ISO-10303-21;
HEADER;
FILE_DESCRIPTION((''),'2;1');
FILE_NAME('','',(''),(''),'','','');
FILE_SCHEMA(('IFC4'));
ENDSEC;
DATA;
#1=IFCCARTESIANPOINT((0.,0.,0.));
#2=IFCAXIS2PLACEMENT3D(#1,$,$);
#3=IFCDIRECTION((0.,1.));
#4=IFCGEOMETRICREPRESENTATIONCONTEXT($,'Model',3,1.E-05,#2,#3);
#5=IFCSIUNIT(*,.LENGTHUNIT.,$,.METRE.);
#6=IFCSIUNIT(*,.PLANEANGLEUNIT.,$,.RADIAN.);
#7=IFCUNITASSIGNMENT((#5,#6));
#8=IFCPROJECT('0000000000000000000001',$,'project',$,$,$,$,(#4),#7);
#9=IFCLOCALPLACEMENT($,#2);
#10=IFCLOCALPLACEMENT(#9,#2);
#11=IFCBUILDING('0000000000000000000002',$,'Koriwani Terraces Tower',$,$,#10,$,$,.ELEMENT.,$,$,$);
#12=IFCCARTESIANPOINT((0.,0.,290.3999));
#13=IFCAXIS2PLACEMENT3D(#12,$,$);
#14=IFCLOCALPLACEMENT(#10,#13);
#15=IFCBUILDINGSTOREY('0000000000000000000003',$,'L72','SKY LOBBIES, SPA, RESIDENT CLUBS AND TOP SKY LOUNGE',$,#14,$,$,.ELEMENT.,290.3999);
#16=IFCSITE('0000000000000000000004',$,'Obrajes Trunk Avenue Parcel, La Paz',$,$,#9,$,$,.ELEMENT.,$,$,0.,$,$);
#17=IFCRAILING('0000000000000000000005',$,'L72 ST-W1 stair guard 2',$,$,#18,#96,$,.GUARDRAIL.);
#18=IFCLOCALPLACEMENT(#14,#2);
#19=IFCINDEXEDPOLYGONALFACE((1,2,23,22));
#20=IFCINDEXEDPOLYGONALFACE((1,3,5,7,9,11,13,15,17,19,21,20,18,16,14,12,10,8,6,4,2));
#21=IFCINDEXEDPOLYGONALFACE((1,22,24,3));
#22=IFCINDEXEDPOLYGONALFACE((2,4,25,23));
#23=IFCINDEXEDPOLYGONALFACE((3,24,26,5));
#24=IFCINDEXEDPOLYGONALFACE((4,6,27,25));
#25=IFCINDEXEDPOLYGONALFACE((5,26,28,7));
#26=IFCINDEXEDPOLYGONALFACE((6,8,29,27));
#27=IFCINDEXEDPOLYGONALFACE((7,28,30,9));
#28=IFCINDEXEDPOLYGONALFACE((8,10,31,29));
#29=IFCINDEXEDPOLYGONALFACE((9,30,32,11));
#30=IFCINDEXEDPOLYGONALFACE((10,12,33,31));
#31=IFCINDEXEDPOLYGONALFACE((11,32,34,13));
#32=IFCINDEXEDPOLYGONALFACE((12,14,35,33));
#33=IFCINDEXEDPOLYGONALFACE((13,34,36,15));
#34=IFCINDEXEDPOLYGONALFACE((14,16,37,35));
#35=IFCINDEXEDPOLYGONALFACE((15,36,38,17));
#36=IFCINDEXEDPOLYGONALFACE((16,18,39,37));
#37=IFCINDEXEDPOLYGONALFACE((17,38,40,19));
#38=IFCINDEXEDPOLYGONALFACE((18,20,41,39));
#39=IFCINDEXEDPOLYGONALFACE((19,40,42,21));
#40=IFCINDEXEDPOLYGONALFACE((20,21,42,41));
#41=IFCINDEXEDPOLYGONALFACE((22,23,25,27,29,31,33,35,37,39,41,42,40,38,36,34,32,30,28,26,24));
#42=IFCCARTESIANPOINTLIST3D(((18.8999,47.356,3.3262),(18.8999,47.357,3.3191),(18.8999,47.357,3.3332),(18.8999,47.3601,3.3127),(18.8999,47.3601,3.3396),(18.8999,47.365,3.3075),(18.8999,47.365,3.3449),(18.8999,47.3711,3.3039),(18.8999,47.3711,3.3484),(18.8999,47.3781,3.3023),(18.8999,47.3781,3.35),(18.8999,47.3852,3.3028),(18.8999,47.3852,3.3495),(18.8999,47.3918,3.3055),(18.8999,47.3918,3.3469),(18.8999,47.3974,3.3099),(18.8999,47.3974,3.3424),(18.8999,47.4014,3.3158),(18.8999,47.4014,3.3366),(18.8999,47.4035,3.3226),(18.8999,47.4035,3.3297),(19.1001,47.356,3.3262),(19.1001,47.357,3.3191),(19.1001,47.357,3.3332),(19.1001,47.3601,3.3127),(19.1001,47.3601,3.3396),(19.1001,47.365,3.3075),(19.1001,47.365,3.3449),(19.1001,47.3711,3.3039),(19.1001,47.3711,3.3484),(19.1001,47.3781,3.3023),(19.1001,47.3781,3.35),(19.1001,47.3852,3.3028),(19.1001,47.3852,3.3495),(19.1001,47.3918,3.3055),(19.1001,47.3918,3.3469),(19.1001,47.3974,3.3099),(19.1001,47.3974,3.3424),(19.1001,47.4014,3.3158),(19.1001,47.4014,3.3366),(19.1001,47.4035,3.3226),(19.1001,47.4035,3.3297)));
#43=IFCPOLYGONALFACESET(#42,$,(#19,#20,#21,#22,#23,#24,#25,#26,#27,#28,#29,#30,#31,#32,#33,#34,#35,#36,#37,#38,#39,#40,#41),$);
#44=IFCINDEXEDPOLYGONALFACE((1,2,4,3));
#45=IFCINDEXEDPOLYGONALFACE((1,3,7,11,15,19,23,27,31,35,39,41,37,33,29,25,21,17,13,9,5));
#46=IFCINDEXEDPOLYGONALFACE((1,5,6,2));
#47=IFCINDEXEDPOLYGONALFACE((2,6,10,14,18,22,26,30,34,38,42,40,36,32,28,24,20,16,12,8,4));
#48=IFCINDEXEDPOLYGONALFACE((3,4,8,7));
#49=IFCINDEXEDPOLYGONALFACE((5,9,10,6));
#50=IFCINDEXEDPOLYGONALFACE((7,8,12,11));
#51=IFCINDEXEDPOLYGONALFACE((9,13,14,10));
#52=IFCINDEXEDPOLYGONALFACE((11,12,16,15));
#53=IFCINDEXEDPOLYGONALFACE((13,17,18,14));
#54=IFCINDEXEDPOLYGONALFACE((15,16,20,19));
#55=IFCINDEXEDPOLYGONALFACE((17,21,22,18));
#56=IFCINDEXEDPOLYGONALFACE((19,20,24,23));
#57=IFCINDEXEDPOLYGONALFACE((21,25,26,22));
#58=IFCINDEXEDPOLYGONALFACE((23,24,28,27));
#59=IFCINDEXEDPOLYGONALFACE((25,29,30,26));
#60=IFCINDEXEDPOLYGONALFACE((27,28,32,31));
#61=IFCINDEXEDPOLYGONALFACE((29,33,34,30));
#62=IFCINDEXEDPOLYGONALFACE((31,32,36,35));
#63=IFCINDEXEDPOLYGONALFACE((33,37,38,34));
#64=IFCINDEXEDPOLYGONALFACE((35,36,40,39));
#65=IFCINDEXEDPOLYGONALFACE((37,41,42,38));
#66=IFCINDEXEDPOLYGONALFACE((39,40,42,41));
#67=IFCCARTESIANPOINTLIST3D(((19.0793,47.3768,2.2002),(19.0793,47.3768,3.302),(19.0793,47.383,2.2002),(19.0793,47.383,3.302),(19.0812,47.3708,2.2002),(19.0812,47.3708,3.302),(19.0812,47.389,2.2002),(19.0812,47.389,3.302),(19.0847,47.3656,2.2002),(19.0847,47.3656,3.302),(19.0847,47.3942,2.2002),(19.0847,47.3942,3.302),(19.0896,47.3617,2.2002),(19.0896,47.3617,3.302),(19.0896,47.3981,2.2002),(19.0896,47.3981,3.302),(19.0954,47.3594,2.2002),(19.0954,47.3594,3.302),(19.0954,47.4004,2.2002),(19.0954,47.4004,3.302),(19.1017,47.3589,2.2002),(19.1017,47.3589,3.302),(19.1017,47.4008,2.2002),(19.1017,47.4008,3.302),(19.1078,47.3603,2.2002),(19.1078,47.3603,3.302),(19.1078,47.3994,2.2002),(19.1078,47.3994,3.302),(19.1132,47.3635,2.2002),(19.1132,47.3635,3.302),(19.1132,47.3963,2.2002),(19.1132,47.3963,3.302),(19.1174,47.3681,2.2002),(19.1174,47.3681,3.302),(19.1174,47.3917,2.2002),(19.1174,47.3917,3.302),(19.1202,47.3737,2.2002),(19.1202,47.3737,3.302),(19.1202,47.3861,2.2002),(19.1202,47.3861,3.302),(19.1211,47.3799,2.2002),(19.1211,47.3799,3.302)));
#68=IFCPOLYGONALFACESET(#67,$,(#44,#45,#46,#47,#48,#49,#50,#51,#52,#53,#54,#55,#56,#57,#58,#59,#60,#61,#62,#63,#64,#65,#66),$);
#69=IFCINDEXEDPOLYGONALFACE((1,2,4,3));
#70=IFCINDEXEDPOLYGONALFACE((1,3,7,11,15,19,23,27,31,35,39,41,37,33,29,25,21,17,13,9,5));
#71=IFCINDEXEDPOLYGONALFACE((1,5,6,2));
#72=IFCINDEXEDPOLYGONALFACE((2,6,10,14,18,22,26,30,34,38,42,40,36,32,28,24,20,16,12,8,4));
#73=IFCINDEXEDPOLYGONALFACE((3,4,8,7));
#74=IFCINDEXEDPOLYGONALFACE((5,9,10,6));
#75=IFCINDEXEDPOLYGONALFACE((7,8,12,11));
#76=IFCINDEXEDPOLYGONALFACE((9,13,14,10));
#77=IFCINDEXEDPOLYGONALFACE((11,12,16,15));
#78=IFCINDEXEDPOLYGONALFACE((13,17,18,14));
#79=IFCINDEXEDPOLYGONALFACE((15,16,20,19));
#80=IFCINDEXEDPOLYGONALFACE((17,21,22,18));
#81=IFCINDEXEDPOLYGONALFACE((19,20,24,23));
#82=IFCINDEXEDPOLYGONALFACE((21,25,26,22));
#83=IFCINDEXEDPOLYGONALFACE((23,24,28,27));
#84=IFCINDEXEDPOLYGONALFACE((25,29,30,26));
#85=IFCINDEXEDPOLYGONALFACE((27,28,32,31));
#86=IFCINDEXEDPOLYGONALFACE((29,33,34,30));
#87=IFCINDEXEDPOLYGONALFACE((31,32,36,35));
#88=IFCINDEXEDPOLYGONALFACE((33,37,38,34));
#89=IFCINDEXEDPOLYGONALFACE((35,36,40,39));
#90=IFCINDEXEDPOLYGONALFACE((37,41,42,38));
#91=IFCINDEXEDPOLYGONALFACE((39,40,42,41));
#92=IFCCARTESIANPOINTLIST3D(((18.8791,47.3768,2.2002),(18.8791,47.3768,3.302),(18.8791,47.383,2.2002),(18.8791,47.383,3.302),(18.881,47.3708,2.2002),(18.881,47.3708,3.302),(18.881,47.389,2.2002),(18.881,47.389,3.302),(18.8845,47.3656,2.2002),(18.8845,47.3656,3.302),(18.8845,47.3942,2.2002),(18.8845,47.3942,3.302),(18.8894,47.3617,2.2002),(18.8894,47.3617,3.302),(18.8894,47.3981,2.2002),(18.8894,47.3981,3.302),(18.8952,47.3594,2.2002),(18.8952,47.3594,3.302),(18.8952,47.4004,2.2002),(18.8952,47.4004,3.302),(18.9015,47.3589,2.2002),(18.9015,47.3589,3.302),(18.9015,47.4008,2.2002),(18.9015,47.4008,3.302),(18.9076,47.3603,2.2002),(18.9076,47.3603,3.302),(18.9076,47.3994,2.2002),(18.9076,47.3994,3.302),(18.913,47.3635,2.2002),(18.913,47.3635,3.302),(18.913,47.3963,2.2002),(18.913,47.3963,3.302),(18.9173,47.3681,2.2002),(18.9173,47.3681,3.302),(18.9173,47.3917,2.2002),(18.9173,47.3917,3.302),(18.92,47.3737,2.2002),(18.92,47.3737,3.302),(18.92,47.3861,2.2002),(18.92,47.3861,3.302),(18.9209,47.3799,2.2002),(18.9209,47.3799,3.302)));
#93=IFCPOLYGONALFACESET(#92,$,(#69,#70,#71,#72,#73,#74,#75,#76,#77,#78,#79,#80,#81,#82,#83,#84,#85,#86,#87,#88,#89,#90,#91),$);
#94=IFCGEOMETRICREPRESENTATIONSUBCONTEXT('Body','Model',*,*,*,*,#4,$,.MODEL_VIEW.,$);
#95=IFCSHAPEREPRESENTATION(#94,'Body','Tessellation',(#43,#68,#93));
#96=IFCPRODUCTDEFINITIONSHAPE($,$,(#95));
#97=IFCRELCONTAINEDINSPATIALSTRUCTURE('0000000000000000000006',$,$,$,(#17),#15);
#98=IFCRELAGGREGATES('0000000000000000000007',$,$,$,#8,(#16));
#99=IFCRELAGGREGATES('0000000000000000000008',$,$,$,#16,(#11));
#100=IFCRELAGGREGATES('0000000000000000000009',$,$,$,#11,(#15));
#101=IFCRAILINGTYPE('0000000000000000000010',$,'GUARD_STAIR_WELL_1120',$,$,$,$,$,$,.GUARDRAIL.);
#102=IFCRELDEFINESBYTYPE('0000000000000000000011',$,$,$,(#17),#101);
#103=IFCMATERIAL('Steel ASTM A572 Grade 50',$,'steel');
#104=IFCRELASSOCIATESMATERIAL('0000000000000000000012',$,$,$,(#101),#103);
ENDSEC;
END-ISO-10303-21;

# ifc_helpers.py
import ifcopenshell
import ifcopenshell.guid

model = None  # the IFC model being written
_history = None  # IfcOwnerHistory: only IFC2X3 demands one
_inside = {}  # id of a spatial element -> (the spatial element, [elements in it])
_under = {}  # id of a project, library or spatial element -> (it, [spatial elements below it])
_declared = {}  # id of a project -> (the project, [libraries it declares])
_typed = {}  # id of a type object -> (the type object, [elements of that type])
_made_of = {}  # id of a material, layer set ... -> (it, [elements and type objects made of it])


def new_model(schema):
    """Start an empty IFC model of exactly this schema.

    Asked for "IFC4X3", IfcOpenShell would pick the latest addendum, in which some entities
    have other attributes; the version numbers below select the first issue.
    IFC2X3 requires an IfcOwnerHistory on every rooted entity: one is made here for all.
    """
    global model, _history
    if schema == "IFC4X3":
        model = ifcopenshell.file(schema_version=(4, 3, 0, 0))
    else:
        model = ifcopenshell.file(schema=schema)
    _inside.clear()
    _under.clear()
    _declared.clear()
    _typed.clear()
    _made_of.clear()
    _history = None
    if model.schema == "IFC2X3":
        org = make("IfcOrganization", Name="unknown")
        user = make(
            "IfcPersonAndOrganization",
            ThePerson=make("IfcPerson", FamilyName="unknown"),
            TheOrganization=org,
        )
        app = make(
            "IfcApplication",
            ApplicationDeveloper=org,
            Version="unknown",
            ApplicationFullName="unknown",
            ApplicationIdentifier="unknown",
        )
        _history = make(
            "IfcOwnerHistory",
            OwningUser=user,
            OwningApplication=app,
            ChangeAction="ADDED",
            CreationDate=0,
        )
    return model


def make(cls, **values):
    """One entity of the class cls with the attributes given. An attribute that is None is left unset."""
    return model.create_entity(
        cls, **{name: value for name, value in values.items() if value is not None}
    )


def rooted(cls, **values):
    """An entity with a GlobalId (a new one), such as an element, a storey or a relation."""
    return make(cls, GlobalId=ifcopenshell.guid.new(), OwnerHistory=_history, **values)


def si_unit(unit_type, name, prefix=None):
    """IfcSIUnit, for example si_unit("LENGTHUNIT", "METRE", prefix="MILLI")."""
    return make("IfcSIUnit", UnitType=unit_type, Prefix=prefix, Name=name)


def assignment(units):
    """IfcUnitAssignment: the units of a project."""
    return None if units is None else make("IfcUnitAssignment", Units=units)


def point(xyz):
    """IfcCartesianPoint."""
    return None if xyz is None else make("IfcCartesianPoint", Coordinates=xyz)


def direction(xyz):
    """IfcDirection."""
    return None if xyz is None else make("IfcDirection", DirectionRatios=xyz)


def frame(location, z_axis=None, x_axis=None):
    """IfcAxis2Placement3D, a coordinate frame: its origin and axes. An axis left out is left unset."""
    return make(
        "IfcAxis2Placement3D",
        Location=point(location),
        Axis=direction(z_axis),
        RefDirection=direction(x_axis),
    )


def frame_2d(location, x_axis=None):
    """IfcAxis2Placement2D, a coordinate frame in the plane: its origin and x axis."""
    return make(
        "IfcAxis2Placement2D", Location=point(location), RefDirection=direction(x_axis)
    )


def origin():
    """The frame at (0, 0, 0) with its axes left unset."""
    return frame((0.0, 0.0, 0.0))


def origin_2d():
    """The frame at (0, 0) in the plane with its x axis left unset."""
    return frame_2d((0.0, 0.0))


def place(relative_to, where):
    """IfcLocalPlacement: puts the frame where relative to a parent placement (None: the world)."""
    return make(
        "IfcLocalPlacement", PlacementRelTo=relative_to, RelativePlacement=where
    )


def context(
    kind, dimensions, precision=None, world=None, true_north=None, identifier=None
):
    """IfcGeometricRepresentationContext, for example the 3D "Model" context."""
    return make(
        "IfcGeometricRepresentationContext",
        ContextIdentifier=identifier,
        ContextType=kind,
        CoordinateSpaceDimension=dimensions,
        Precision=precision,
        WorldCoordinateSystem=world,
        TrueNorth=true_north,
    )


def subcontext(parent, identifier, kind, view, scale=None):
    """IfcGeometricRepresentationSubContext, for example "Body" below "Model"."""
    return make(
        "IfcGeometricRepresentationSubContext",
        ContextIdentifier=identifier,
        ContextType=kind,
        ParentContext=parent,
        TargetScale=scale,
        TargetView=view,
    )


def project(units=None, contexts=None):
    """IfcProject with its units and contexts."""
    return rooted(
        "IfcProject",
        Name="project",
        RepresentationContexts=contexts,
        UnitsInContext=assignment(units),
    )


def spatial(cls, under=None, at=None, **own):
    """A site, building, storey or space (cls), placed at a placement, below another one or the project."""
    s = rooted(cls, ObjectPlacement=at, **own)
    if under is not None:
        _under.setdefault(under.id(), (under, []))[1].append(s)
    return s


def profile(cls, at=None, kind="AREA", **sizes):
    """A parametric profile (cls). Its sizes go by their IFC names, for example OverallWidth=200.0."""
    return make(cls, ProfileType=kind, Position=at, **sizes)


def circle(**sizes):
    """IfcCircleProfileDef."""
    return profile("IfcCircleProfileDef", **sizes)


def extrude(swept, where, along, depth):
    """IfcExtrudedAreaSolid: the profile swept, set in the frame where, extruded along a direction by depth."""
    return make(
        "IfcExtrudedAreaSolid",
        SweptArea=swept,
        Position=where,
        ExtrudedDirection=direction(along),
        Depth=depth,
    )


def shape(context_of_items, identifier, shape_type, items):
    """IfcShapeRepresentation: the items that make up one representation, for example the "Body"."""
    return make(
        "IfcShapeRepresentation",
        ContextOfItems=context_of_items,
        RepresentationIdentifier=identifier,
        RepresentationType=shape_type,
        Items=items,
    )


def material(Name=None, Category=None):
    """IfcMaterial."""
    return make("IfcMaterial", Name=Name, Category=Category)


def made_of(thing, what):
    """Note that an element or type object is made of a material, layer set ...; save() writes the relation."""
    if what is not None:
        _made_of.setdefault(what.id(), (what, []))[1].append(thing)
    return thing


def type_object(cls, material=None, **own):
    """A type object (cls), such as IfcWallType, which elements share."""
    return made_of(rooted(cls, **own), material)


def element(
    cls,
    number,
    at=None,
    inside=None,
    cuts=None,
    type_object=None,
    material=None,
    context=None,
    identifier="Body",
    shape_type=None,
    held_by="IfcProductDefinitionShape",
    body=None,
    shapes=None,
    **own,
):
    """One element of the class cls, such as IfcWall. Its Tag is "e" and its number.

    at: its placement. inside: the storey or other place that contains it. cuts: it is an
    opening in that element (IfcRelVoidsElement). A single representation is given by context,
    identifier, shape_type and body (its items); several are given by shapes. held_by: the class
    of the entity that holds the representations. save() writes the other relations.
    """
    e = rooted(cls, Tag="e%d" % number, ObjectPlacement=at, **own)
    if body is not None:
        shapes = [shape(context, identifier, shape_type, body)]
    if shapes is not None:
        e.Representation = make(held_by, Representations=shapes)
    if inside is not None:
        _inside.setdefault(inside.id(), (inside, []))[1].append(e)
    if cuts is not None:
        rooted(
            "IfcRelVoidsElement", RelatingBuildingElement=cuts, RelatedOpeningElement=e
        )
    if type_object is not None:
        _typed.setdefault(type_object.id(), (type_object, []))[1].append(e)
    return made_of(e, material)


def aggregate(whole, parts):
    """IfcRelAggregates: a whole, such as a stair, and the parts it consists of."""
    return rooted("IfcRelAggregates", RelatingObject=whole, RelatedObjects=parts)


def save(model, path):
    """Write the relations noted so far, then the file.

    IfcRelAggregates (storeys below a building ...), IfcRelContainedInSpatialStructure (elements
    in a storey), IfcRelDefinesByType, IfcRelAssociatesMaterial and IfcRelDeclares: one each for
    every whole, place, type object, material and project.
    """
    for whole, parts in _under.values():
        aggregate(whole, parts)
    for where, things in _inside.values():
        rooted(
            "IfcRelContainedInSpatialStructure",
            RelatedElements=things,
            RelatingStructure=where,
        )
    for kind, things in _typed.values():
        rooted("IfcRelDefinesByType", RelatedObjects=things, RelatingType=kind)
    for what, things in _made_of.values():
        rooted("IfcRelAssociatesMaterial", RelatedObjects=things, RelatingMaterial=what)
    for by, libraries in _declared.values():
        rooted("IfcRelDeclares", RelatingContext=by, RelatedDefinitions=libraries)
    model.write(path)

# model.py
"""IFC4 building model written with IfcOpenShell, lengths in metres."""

from ifc_helpers import new_model, si_unit, direction, frame, origin, origin_2d, place, context, subcontext, project, spatial, circle, extrude, material, type_object, element, save


model = new_model("IFC4")

# Units and contexts
model_context = context("Model", 3, precision=1e-05, world=origin(), true_north=direction((0.0, 1.0)))
body_context = subcontext(model_context, "Body", "Model", "MODEL_VIEW")
ifc_project = project(units=[si_unit("LENGTHUNIT", "METRE"), si_unit("PLANEANGLEUNIT", "RADIAN")], contexts=[model_context])

# Site, building, storey
site_placement = place(None, origin())
site = spatial("IfcSite", under=ifc_project, at=site_placement, Name="Obrajes Trunk Avenue Parcel, La Paz", CompositionType="ELEMENT", RefElevation=0.0)
building_placement = place(site_placement, origin())
building = spatial("IfcBuilding", under=site, at=building_placement, Name="Koriwani Terraces Tower", CompositionType="ELEMENT")
storey_placement = place(building_placement, frame((0.0, 0.0, 290.3999)))
storey = spatial("IfcBuildingStorey", under=building, at=storey_placement, Name="L72", Description="SKY LOBBIES, SPA, RESIDENT CLUBS AND TOP SKY LOUNGE", CompositionType="ELEMENT", Elevation=290.3999)

# Railing
ifc_material_1 = material(Name="Steel ASTM A572 Grade 50", Category="steel")
railing_type_1 = type_object("IfcRailingType", Name="GUARD_STAIR_WELL_1120", PredefinedType="GUARDRAIL", material=ifc_material_1)
railing_1_placement = place(storey_placement, frame((19.1001, 47.3799, 2.2002)))
element("IfcRailing", 1, at=railing_1_placement, inside=storey, type_object=railing_type_1, Name="L72 ST-W1 stair guard 2", PredefinedType="GUARDRAIL", context=body_context, shape_type="SweptSolid", body=[
    extrude(circle(Radius=0.0239, at=origin_2d()), frame((0.0, 0.0, 1.126), z_axis=(-1.0, 0.0, 0.0), x_axis=(0.0, -1.0, 0.0)), (0.0, 0.0, 1.0), 0.2002),
    extrude(circle(Radius=0.021, at=origin_2d()), origin(), (0.0, 0.0, 1.0), 1.1018),
    extrude(circle(Radius=0.021, at=origin_2d()), frame((-0.2002, 0.0, 0.0)), (0.0, 0.0, 1.0), 1.1018),
])

save(model, "model.ifc")
